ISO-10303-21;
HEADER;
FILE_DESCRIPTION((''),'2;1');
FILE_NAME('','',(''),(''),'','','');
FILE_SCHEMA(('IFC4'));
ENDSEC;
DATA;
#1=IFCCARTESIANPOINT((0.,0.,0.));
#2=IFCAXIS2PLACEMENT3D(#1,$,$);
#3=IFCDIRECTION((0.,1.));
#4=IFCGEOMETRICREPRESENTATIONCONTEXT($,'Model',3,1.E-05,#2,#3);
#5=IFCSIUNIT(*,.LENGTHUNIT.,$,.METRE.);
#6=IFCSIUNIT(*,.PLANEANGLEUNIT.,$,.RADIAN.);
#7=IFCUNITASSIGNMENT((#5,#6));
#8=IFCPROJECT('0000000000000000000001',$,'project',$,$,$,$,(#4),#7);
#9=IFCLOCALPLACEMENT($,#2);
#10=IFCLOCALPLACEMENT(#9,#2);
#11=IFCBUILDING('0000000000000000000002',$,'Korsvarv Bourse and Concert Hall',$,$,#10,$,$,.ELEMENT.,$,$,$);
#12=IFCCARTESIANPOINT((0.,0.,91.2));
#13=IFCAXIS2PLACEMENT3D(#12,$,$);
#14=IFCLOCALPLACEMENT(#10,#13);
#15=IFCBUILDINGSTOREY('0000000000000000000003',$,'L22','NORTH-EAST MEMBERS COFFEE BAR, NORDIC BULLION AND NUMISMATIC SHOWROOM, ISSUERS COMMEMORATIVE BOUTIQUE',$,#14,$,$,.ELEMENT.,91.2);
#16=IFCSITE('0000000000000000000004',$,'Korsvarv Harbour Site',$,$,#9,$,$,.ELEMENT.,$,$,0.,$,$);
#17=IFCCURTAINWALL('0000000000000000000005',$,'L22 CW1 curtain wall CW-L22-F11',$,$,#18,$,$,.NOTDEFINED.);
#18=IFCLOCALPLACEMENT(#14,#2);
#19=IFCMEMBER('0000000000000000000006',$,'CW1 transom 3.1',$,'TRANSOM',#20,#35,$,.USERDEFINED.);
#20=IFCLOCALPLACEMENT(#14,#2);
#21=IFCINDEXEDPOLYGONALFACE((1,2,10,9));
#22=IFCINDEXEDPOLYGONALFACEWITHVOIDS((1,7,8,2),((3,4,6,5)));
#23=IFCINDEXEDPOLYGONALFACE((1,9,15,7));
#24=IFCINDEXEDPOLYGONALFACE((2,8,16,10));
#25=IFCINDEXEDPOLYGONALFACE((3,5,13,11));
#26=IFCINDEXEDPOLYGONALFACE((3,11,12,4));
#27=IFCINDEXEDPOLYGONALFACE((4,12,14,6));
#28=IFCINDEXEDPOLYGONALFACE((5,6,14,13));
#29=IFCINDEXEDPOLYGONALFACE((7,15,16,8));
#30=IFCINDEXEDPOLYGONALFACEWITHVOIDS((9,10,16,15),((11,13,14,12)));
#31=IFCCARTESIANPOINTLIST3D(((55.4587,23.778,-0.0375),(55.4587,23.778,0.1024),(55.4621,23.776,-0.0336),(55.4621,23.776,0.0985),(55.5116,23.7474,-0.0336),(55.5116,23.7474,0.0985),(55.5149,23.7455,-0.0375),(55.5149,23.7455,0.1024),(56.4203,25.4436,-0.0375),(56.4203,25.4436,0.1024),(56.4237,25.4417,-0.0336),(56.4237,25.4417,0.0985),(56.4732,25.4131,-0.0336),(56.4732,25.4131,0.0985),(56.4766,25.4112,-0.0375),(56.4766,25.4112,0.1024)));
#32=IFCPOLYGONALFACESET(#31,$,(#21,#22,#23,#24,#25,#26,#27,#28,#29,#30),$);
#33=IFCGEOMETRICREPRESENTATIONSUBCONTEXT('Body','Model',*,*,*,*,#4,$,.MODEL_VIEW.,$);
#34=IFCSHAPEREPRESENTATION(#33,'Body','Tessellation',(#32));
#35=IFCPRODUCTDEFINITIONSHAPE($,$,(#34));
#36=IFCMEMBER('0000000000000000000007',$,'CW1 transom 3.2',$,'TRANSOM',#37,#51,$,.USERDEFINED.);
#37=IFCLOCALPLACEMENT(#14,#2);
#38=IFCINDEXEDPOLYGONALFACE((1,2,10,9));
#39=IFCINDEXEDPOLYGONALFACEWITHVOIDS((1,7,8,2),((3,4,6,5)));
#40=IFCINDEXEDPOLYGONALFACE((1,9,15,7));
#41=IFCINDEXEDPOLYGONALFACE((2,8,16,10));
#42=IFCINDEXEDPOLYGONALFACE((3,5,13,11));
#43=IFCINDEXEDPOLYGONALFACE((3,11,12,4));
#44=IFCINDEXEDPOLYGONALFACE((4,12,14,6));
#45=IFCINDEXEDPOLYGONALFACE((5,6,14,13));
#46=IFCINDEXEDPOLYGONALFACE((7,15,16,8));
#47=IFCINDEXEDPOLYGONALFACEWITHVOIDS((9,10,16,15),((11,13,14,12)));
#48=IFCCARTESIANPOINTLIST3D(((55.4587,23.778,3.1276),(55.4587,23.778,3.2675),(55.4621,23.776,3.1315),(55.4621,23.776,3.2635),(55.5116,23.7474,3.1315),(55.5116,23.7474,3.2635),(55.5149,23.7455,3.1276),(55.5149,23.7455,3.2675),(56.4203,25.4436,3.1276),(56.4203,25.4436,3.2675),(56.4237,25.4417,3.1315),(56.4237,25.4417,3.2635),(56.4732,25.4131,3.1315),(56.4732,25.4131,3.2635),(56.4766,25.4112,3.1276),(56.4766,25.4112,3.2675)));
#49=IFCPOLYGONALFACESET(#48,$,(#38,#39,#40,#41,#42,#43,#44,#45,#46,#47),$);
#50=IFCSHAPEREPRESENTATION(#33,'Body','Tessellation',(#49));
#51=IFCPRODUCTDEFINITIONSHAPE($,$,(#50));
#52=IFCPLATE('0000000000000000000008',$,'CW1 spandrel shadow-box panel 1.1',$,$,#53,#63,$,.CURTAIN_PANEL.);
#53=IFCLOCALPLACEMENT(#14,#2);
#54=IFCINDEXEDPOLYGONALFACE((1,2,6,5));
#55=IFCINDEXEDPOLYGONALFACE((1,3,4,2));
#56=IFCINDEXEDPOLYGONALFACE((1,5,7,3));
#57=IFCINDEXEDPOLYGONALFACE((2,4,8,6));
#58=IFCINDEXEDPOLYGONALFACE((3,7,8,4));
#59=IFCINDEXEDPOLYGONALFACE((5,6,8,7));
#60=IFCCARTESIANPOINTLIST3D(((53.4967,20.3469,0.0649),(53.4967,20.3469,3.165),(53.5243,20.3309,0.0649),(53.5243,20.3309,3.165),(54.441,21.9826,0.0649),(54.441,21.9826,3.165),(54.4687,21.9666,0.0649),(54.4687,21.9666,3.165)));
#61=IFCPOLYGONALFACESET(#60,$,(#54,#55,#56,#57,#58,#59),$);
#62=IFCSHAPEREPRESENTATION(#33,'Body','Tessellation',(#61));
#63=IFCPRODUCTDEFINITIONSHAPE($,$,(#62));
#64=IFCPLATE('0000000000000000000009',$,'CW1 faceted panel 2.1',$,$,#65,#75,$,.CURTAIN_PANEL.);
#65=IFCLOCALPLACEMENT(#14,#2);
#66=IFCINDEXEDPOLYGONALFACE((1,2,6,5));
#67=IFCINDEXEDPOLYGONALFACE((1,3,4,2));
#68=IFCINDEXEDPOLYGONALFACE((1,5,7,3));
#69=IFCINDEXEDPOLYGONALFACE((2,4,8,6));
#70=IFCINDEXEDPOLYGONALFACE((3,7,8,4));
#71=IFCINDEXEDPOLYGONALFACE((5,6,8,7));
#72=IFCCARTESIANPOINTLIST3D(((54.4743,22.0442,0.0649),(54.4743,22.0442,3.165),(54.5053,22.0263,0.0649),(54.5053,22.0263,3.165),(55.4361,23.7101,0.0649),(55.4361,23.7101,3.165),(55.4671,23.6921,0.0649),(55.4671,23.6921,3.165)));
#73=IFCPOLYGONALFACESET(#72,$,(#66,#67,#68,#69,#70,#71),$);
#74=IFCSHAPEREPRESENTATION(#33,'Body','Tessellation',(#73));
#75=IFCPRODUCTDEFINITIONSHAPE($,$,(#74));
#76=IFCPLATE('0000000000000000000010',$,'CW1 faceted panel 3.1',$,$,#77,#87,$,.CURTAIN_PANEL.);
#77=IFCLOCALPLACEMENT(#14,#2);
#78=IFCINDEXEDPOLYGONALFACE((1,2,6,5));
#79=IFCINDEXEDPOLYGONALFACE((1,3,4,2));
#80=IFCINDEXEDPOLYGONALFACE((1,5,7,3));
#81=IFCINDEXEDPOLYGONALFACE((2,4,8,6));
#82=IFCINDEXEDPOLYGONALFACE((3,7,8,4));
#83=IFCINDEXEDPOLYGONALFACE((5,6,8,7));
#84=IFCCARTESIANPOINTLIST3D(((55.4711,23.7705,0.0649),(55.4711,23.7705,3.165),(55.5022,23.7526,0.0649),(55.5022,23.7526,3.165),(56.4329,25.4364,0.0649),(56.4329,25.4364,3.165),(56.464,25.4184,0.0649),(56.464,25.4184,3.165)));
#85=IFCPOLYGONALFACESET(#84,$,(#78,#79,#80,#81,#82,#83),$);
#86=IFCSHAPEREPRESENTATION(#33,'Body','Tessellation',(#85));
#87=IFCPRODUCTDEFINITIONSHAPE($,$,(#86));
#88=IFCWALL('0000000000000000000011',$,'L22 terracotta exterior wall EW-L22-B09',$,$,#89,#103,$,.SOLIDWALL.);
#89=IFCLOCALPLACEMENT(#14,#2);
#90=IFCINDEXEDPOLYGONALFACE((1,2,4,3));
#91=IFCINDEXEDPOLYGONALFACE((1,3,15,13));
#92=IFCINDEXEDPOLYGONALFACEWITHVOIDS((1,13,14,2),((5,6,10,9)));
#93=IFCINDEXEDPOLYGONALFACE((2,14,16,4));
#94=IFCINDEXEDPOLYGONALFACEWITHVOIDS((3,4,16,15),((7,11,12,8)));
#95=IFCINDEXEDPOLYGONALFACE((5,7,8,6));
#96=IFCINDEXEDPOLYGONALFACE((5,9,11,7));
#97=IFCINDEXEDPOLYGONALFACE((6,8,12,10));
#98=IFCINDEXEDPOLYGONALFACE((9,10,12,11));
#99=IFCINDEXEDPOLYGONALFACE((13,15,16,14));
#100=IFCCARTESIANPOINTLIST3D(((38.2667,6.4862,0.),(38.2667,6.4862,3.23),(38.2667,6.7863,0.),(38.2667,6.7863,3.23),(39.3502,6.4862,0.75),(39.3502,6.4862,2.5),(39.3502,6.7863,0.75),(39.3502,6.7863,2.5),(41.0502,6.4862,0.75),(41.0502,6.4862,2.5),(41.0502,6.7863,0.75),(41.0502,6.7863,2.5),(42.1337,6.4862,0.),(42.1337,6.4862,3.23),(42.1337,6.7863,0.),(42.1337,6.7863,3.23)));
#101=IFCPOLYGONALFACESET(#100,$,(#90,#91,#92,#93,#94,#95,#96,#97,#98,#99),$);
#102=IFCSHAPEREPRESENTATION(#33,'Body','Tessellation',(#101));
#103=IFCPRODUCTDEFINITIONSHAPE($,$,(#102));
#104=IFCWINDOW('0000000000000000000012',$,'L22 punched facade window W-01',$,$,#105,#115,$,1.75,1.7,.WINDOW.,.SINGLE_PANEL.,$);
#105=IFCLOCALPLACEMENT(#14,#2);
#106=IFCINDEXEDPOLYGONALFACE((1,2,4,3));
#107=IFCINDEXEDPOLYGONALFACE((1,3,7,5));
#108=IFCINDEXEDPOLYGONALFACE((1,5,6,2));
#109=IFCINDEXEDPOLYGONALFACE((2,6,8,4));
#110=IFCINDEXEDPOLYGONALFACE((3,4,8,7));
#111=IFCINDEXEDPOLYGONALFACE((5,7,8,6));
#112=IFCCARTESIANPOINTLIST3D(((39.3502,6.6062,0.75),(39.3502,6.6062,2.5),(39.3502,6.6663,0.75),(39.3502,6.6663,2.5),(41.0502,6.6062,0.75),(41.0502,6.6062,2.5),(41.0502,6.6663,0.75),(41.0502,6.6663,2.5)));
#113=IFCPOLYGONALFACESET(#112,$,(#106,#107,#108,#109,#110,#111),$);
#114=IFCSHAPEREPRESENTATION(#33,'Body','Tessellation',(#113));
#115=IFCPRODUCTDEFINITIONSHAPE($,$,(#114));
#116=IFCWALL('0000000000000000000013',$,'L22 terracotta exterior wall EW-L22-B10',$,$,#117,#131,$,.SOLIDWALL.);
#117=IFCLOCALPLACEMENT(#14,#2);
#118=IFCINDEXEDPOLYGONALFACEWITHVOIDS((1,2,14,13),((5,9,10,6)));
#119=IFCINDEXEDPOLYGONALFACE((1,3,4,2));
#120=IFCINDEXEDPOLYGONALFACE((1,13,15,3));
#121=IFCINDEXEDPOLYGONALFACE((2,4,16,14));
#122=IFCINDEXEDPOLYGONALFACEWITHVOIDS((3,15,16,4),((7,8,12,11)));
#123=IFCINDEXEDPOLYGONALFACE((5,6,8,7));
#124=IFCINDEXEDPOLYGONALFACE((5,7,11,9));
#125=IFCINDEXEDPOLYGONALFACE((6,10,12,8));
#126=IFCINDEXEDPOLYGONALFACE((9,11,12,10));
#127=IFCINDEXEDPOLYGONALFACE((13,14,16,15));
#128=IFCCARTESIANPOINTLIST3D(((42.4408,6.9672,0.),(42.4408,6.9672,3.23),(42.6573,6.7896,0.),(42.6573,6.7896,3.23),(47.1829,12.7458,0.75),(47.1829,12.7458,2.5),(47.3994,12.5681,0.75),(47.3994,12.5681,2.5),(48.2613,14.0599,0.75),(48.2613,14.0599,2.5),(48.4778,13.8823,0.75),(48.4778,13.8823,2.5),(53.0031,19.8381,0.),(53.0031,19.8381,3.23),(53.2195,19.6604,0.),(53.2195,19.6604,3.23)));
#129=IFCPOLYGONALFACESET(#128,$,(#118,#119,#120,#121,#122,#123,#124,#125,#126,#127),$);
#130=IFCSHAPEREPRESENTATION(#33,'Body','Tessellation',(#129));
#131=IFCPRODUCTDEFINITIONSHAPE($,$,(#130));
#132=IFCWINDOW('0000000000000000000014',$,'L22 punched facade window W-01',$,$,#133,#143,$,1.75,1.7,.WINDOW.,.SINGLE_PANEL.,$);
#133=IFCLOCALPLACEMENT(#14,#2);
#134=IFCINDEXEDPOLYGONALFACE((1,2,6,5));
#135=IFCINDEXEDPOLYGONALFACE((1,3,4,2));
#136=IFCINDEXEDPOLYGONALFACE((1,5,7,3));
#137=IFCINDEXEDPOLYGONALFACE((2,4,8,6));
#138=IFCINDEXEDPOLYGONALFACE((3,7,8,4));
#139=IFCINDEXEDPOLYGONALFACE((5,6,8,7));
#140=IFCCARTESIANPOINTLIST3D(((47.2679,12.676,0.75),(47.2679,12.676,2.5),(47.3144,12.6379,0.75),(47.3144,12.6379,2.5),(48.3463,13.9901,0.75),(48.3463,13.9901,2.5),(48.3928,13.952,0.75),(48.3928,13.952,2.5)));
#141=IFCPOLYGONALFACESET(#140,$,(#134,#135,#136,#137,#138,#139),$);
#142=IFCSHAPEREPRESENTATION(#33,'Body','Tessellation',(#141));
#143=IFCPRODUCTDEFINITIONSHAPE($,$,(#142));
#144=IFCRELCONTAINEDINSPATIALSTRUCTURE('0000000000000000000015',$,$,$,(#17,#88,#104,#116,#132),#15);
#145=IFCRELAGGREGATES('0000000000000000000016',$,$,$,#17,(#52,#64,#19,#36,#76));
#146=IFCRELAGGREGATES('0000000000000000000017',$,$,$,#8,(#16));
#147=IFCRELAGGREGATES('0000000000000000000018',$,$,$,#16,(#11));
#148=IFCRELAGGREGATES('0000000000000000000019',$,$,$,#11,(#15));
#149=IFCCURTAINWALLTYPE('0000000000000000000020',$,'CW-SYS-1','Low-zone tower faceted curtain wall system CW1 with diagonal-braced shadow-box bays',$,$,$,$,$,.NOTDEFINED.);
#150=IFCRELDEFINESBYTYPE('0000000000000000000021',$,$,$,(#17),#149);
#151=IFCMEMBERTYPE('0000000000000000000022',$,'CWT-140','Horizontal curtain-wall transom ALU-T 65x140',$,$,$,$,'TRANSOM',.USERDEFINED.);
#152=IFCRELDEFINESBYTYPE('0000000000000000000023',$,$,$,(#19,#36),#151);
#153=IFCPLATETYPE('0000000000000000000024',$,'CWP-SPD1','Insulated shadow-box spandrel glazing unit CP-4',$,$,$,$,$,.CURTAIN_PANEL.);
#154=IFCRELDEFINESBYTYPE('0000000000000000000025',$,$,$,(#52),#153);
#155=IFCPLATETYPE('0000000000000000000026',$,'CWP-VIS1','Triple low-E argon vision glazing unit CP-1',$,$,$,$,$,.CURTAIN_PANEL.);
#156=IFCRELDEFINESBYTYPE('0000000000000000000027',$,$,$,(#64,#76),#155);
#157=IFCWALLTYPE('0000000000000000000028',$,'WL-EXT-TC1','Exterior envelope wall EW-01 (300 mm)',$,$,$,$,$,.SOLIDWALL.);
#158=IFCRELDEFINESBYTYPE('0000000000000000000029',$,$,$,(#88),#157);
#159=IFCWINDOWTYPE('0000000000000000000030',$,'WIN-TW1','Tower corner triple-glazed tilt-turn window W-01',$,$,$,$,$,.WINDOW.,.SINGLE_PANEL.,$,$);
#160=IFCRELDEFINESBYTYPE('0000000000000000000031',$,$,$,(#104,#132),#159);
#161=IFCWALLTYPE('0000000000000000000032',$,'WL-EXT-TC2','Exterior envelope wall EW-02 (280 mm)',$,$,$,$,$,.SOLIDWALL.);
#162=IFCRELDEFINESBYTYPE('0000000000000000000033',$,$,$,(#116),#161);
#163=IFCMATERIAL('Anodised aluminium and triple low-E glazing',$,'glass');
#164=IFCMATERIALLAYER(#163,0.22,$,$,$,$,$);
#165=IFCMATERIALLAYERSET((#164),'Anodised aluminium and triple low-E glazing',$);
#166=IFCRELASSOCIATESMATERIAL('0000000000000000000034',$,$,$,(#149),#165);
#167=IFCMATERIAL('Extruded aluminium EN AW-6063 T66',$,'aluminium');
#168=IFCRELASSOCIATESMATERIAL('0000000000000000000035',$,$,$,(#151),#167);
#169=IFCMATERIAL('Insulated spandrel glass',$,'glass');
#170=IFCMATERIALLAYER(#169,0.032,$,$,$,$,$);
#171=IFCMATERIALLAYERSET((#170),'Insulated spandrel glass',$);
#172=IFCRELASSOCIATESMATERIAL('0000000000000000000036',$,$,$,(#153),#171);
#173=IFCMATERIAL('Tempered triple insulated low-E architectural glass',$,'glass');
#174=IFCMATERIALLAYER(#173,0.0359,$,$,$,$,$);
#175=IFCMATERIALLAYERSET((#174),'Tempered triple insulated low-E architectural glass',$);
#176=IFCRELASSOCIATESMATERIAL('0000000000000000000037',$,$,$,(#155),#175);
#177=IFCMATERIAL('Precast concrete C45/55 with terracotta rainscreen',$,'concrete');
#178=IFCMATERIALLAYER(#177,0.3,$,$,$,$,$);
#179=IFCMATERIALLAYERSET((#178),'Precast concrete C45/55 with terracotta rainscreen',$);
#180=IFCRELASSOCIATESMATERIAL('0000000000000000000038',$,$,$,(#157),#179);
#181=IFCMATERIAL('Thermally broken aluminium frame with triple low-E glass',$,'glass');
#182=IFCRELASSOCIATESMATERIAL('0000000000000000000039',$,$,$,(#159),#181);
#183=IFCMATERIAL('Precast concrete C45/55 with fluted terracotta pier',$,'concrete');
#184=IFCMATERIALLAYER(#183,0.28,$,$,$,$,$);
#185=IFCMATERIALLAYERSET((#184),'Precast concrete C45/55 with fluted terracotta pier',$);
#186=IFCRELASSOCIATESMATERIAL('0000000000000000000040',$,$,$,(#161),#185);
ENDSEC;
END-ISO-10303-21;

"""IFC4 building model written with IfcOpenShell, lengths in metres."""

from ifc_helpers import new_model, si_unit, direction, frame, frame_2d, origin, origin_2d, place, context, subcontext, project, spatial, rectangle, hollow_rectangle, extrude, source, transform, mapped, material, layer, layer_set, material_profile, profile_set, type_object, element, fill, aggregate, save


model = new_model("IFC4")

# Units and contexts
model_context = context("Model", 3, precision=1e-05, world=origin(), true_north=direction((0.0, 1.0)))
body_context = subcontext(model_context, "Body", "Model", "MODEL_VIEW")
ifc_project = project(units=[si_unit("LENGTHUNIT", "METRE"), si_unit("PLANEANGLEUNIT", "RADIAN")], contexts=[model_context])

# Site, building, storey
site_placement = place(None, origin())
site = spatial("IfcSite", under=ifc_project, at=site_placement, Name="Korsvarv Harbour Site", CompositionType="ELEMENT", RefElevation=0.0)
building_placement = place(site_placement, origin())
building = spatial("IfcBuilding", under=site, at=building_placement, Name="Korsvarv Bourse and Concert Hall", CompositionType="ELEMENT")
storey_placement = place(building_placement, frame((0.0, 0.0, 91.2)))
storey = spatial("IfcBuildingStorey", under=building, at=storey_placement, Name="L22", Description="NORTH-EAST MEMBERS COFFEE BAR, NORDIC BULLION AND NUMISMATIC SHOWROOM, ISSUERS COMMEMORATIVE BOUTIQUE", CompositionType="ELEMENT", Elevation=91.2)

# Curtain wall, members, plates
ifc_material_1 = material(Name="Anodised aluminium and triple low-E glazing", Category="glass")
ifc_layer_1 = layer(ifc_material_1, 0.22)
ifc_layer_set_1 = layer_set([ifc_layer_1], Name="Anodised aluminium and triple low-E glazing")
curtain_wall_type = type_object("IfcCurtainWallType", Name="CW-SYS-1", Description="Low-zone tower faceted curtain wall system CW1 with diagonal-braced shadow-box bays", PredefinedType="NOTDEFINED", material=ifc_layer_set_1)
curtain_wall_placement = place(storey_placement, origin())
curtain_wall = element("IfcCurtainWall", 1, at=curtain_wall_placement, inside=storey, type_object=curtain_wall_type, Name="L22 CW1 curtain wall CW-L22-F11", PredefinedType="NOTDEFINED")
ifc_material_2 = material(Name="Extruded aluminium EN AW-6063 T66", Category="aluminium")
ifc_material_profile_1 = material_profile(ifc_material_2, hollow_rectangle(XDim=0.0649, YDim=0.1399, WallThickness=0.0039, at=origin_2d()), Name="ALU-T 65x140")
ifc_profile_set_1 = profile_set([ifc_material_profile_1], Name="Extruded aluminium EN AW-6063 T66")
member_type_1 = type_object("IfcMemberType", Name="CWT-140", Description="Horizontal curtain-wall transom ALU-T 65x140", ElementType="TRANSOM", PredefinedType="USERDEFINED", material=ifc_profile_set_1)
shared_shape_1 = source(origin(), body_context, "Body", "SweptSolid", [
    extrude(hollow_rectangle(XDim=0.0649, YDim=0.1399, WallThickness=0.0039, at=origin_2d()), origin(), (0.0, 0.0, 1.0), 1.9233),
])
member_1_placement = place(storey_placement, frame((55.4868, 23.7617, 0.0325), z_axis=(0.499975, 0.86604, 0.0), x_axis=(-0.86604, 0.499975, 0.0)))
member_1 = element("IfcMember", 2, at=member_1_placement, type_object=member_type_1, Name="CW1 transom 3.1", ObjectType="TRANSOM", PredefinedType="USERDEFINED", context=body_context, shape_type="MappedRepresentation", body=[
    mapped(shared_shape_1, transform((0.0, 0.0, 0.0), scale=1.0)),
])
member_2_placement = place(storey_placement, frame((55.4868, 23.7617, 3.1975), z_axis=(0.499975, 0.86604, 0.0), x_axis=(-0.86604, 0.499975, 0.0)))
member_2 = element("IfcMember", 3, at=member_2_placement, type_object=member_type_1, Name="CW1 transom 3.2", ObjectType="TRANSOM", PredefinedType="USERDEFINED", context=body_context, shape_type="MappedRepresentation", body=[
    mapped(shared_shape_1, transform((0.0, 0.0, 0.0), scale=1.0)),
])
ifc_material_3 = material(Name="Insulated spandrel glass", Category="glass")
ifc_layer_2 = layer(ifc_material_3, 0.032)
ifc_layer_set_2 = layer_set([ifc_layer_2], Name="Insulated spandrel glass")
plate_type_1 = type_object("IfcPlateType", Name="CWP-SPD1", Description="Insulated shadow-box spandrel glazing unit CP-4", PredefinedType="CURTAIN_PANEL", material=ifc_layer_set_2)
shared_shape_2 = source(origin(), body_context, "Body", "SweptSolid", [
    extrude(rectangle(XDim=1.8887, YDim=0.032, at=origin_2d()), origin(), (0.0, 0.0, 1.0), 3.1001),
])
plate_1_placement = place(storey_placement, frame((53.9827, 21.1567, 0.0649), z_axis=(0.0, 0.0, 1.0), x_axis=(0.499999, 0.866026, 0.0)))
plate_1 = element("IfcPlate", 4, at=plate_1_placement, type_object=plate_type_1, Name="CW1 spandrel shadow-box panel 1.1", PredefinedType="CURTAIN_PANEL", context=body_context, shape_type="MappedRepresentation", body=[
    mapped(shared_shape_2, transform((0.0, 0.0, 0.0), scale=1.0)),
])
ifc_material_4 = material(Name="Tempered triple insulated low-E architectural glass", Category="glass")
ifc_layer_3 = layer(ifc_material_4, 0.0359)
ifc_layer_set_3 = layer_set([ifc_layer_3], Name="Tempered triple insulated low-E architectural glass")
plate_type_2 = type_object("IfcPlateType", Name="CWP-VIS1", Description="Triple low-E argon vision glazing unit CP-1", PredefinedType="CURTAIN_PANEL", material=ifc_layer_set_3)
shared_shape_3 = source(origin(), body_context, "Body", "SweptSolid", [
    extrude(rectangle(XDim=1.9236, YDim=0.0359, at=origin_2d()), origin(), (0.0, 0.0, 1.0), 3.1001),
])
plate_2_placement = place(storey_placement, frame((54.9707, 22.8682, 0.0649), z_axis=(0.0, 0.0, 1.0), x_axis=(0.499999, 0.866026, 0.0)))
plate_2 = element("IfcPlate", 5, at=plate_2_placement, type_object=plate_type_2, Name="CW1 faceted panel 2.1", PredefinedType="CURTAIN_PANEL", context=body_context, shape_type="MappedRepresentation", body=[
    mapped(shared_shape_3, transform((0.0, 0.0, 0.0), scale=1.0)),
])
plate_3_placement = place(storey_placement, frame((55.9675, 24.5945, 0.0649), z_axis=(0.0, 0.0, 1.0), x_axis=(0.499999, 0.866026, 0.0)))
plate_3 = element("IfcPlate", 6, at=plate_3_placement, type_object=plate_type_2, Name="CW1 faceted panel 3.1", PredefinedType="CURTAIN_PANEL", context=body_context, shape_type="MappedRepresentation", body=[
    mapped(shared_shape_3, transform((0.0, 0.0, 0.0), scale=1.0)),
])
aggregate(curtain_wall, [plate_1, plate_2, member_1, member_2, plate_3])

# Walls, openings, windows
ifc_material_5 = material(Name="Precast concrete C45/55 with terracotta rainscreen", Category="concrete")
ifc_layer_4 = layer(ifc_material_5, 0.3)
ifc_layer_set_4 = layer_set([ifc_layer_4], Name="Precast concrete C45/55 with terracotta rainscreen")
wall_type_1 = type_object("IfcWallType", Name="WL-EXT-TC1", Description="Exterior envelope wall EW-01 (300 mm)", PredefinedType="SOLIDWALL", material=ifc_layer_set_4)
wall_1_placement = place(storey_placement, frame((38.2666, 6.6362, 0.0), z_axis=(0.0, 0.0, 1.0), x_axis=(1.0, 0.0, 0.0)))
wall_1 = element("IfcWall", 7, at=wall_1_placement, inside=storey, type_object=wall_type_1, Name="L22 terracotta exterior wall EW-L22-B09", PredefinedType="SOLIDWALL", context=body_context, shape_type="SweptSolid", body=[
    extrude(rectangle(XDim=3.8669, YDim=0.3, at=frame_2d((1.9336, 0.0))), origin(), (0.0, 0.0, 1.0), 3.23),
])
opening_1_placement = place(wall_1_placement, frame((1.0835, 0.0, 0.75)))
opening_1 = element("IfcOpeningElement", 8, at=opening_1_placement, cuts=wall_1, PredefinedType="OPENING", context=body_context, shape_type="SweptSolid", body=[
    extrude(rectangle(XDim=1.7, YDim=1.75, at=frame_2d((0.8501, 0.875))), frame((0.0, 0.1602, 0.0), z_axis=(0.0, -1.0, 0.0), x_axis=(1.0, 0.0, 0.0)), (0.0, 0.0, 1.0), 0.3201),
])
ifc_material_6 = material(Name="Thermally broken aluminium frame with triple low-E glass", Category="glass")
window_type = type_object("IfcWindowType", Name="WIN-TW1", Description="Tower corner triple-glazed tilt-turn window W-01", PartitioningType="SINGLE_PANEL", PredefinedType="WINDOW", material=ifc_material_6)
window_1_placement = place(opening_1_placement, origin())
window_1 = element("IfcWindow", 9, at=window_1_placement, inside=storey, type_object=window_type, Name="L22 punched facade window W-01", OverallHeight=1.75, OverallWidth=1.7, PartitioningType="SINGLE_PANEL", PredefinedType="WINDOW", context=body_context, shape_type="SweptSolid", body=[
    extrude(rectangle(XDim=1.7, YDim=1.75, at=frame_2d((0.8501, 0.875))), frame((0.0, 0.03, 0.0), z_axis=(0.0, -1.0, 0.0), x_axis=(1.0, 0.0, 0.0)), (0.0, 0.0, 1.0), 0.0601),
])
fill(opening_1, window_1)
ifc_material_7 = material(Name="Precast concrete C45/55 with fluted terracotta pier", Category="concrete")
ifc_layer_5 = layer(ifc_material_7, 0.28)
ifc_layer_set_5 = layer_set([ifc_layer_5], Name="Precast concrete C45/55 with fluted terracotta pier")
wall_type_2 = type_object("IfcWallType", Name="WL-EXT-TC2", Description="Exterior envelope wall EW-02 (280 mm)", PredefinedType="SOLIDWALL", material=ifc_layer_set_5)
wall_2_placement = place(storey_placement, frame((42.5491, 6.8784, 0.0), z_axis=(0.0, 0.0, 1.0), x_axis=(0.634373, 0.773027, 0.0)))
wall_2 = element("IfcWall", 10, at=wall_2_placement, inside=storey, type_object=wall_type_2, Name="L22 terracotta exterior wall EW-L22-B10", PredefinedType="SOLIDWALL", context=body_context, shape_type="SweptSolid", body=[
    extrude(rectangle(XDim=16.6499, YDim=0.28, at=frame_2d((8.325, 0.0))), origin(), (0.0, 0.0, 1.0), 3.23),
])
opening_2_placement = place(wall_2_placement, frame((7.4751, 0.0, 0.75)))
opening_2 = element("IfcOpeningElement", 11, at=opening_2_placement, cuts=wall_2, PredefinedType="OPENING", context=body_context, shape_type="SweptSolid", body=[
    extrude(rectangle(XDim=1.7, YDim=1.75, at=frame_2d((0.8501, 0.875))), frame((0.0, 0.1499, 0.0), z_axis=(0.0, -1.0, 0.0), x_axis=(1.0, 0.0, 0.0)), (0.0, 0.0, 1.0), 0.3),
])
window_2_placement = place(opening_2_placement, origin())
window_2 = element("IfcWindow", 12, at=window_2_placement, inside=storey, type_object=window_type, Name="L22 punched facade window W-01", OverallHeight=1.75, OverallWidth=1.7, PartitioningType="SINGLE_PANEL", PredefinedType="WINDOW", context=body_context, shape_type="SweptSolid", body=[
    extrude(rectangle(XDim=1.7, YDim=1.75, at=frame_2d((0.8501, 0.875))), frame((0.0, 0.03, 0.0), z_axis=(0.0, -1.0, 0.0), x_axis=(1.0, 0.0, 0.0)), (0.0, 0.0, 1.0), 0.0601),
])
fill(opening_2, window_2)

save(model, "model.ifc")
